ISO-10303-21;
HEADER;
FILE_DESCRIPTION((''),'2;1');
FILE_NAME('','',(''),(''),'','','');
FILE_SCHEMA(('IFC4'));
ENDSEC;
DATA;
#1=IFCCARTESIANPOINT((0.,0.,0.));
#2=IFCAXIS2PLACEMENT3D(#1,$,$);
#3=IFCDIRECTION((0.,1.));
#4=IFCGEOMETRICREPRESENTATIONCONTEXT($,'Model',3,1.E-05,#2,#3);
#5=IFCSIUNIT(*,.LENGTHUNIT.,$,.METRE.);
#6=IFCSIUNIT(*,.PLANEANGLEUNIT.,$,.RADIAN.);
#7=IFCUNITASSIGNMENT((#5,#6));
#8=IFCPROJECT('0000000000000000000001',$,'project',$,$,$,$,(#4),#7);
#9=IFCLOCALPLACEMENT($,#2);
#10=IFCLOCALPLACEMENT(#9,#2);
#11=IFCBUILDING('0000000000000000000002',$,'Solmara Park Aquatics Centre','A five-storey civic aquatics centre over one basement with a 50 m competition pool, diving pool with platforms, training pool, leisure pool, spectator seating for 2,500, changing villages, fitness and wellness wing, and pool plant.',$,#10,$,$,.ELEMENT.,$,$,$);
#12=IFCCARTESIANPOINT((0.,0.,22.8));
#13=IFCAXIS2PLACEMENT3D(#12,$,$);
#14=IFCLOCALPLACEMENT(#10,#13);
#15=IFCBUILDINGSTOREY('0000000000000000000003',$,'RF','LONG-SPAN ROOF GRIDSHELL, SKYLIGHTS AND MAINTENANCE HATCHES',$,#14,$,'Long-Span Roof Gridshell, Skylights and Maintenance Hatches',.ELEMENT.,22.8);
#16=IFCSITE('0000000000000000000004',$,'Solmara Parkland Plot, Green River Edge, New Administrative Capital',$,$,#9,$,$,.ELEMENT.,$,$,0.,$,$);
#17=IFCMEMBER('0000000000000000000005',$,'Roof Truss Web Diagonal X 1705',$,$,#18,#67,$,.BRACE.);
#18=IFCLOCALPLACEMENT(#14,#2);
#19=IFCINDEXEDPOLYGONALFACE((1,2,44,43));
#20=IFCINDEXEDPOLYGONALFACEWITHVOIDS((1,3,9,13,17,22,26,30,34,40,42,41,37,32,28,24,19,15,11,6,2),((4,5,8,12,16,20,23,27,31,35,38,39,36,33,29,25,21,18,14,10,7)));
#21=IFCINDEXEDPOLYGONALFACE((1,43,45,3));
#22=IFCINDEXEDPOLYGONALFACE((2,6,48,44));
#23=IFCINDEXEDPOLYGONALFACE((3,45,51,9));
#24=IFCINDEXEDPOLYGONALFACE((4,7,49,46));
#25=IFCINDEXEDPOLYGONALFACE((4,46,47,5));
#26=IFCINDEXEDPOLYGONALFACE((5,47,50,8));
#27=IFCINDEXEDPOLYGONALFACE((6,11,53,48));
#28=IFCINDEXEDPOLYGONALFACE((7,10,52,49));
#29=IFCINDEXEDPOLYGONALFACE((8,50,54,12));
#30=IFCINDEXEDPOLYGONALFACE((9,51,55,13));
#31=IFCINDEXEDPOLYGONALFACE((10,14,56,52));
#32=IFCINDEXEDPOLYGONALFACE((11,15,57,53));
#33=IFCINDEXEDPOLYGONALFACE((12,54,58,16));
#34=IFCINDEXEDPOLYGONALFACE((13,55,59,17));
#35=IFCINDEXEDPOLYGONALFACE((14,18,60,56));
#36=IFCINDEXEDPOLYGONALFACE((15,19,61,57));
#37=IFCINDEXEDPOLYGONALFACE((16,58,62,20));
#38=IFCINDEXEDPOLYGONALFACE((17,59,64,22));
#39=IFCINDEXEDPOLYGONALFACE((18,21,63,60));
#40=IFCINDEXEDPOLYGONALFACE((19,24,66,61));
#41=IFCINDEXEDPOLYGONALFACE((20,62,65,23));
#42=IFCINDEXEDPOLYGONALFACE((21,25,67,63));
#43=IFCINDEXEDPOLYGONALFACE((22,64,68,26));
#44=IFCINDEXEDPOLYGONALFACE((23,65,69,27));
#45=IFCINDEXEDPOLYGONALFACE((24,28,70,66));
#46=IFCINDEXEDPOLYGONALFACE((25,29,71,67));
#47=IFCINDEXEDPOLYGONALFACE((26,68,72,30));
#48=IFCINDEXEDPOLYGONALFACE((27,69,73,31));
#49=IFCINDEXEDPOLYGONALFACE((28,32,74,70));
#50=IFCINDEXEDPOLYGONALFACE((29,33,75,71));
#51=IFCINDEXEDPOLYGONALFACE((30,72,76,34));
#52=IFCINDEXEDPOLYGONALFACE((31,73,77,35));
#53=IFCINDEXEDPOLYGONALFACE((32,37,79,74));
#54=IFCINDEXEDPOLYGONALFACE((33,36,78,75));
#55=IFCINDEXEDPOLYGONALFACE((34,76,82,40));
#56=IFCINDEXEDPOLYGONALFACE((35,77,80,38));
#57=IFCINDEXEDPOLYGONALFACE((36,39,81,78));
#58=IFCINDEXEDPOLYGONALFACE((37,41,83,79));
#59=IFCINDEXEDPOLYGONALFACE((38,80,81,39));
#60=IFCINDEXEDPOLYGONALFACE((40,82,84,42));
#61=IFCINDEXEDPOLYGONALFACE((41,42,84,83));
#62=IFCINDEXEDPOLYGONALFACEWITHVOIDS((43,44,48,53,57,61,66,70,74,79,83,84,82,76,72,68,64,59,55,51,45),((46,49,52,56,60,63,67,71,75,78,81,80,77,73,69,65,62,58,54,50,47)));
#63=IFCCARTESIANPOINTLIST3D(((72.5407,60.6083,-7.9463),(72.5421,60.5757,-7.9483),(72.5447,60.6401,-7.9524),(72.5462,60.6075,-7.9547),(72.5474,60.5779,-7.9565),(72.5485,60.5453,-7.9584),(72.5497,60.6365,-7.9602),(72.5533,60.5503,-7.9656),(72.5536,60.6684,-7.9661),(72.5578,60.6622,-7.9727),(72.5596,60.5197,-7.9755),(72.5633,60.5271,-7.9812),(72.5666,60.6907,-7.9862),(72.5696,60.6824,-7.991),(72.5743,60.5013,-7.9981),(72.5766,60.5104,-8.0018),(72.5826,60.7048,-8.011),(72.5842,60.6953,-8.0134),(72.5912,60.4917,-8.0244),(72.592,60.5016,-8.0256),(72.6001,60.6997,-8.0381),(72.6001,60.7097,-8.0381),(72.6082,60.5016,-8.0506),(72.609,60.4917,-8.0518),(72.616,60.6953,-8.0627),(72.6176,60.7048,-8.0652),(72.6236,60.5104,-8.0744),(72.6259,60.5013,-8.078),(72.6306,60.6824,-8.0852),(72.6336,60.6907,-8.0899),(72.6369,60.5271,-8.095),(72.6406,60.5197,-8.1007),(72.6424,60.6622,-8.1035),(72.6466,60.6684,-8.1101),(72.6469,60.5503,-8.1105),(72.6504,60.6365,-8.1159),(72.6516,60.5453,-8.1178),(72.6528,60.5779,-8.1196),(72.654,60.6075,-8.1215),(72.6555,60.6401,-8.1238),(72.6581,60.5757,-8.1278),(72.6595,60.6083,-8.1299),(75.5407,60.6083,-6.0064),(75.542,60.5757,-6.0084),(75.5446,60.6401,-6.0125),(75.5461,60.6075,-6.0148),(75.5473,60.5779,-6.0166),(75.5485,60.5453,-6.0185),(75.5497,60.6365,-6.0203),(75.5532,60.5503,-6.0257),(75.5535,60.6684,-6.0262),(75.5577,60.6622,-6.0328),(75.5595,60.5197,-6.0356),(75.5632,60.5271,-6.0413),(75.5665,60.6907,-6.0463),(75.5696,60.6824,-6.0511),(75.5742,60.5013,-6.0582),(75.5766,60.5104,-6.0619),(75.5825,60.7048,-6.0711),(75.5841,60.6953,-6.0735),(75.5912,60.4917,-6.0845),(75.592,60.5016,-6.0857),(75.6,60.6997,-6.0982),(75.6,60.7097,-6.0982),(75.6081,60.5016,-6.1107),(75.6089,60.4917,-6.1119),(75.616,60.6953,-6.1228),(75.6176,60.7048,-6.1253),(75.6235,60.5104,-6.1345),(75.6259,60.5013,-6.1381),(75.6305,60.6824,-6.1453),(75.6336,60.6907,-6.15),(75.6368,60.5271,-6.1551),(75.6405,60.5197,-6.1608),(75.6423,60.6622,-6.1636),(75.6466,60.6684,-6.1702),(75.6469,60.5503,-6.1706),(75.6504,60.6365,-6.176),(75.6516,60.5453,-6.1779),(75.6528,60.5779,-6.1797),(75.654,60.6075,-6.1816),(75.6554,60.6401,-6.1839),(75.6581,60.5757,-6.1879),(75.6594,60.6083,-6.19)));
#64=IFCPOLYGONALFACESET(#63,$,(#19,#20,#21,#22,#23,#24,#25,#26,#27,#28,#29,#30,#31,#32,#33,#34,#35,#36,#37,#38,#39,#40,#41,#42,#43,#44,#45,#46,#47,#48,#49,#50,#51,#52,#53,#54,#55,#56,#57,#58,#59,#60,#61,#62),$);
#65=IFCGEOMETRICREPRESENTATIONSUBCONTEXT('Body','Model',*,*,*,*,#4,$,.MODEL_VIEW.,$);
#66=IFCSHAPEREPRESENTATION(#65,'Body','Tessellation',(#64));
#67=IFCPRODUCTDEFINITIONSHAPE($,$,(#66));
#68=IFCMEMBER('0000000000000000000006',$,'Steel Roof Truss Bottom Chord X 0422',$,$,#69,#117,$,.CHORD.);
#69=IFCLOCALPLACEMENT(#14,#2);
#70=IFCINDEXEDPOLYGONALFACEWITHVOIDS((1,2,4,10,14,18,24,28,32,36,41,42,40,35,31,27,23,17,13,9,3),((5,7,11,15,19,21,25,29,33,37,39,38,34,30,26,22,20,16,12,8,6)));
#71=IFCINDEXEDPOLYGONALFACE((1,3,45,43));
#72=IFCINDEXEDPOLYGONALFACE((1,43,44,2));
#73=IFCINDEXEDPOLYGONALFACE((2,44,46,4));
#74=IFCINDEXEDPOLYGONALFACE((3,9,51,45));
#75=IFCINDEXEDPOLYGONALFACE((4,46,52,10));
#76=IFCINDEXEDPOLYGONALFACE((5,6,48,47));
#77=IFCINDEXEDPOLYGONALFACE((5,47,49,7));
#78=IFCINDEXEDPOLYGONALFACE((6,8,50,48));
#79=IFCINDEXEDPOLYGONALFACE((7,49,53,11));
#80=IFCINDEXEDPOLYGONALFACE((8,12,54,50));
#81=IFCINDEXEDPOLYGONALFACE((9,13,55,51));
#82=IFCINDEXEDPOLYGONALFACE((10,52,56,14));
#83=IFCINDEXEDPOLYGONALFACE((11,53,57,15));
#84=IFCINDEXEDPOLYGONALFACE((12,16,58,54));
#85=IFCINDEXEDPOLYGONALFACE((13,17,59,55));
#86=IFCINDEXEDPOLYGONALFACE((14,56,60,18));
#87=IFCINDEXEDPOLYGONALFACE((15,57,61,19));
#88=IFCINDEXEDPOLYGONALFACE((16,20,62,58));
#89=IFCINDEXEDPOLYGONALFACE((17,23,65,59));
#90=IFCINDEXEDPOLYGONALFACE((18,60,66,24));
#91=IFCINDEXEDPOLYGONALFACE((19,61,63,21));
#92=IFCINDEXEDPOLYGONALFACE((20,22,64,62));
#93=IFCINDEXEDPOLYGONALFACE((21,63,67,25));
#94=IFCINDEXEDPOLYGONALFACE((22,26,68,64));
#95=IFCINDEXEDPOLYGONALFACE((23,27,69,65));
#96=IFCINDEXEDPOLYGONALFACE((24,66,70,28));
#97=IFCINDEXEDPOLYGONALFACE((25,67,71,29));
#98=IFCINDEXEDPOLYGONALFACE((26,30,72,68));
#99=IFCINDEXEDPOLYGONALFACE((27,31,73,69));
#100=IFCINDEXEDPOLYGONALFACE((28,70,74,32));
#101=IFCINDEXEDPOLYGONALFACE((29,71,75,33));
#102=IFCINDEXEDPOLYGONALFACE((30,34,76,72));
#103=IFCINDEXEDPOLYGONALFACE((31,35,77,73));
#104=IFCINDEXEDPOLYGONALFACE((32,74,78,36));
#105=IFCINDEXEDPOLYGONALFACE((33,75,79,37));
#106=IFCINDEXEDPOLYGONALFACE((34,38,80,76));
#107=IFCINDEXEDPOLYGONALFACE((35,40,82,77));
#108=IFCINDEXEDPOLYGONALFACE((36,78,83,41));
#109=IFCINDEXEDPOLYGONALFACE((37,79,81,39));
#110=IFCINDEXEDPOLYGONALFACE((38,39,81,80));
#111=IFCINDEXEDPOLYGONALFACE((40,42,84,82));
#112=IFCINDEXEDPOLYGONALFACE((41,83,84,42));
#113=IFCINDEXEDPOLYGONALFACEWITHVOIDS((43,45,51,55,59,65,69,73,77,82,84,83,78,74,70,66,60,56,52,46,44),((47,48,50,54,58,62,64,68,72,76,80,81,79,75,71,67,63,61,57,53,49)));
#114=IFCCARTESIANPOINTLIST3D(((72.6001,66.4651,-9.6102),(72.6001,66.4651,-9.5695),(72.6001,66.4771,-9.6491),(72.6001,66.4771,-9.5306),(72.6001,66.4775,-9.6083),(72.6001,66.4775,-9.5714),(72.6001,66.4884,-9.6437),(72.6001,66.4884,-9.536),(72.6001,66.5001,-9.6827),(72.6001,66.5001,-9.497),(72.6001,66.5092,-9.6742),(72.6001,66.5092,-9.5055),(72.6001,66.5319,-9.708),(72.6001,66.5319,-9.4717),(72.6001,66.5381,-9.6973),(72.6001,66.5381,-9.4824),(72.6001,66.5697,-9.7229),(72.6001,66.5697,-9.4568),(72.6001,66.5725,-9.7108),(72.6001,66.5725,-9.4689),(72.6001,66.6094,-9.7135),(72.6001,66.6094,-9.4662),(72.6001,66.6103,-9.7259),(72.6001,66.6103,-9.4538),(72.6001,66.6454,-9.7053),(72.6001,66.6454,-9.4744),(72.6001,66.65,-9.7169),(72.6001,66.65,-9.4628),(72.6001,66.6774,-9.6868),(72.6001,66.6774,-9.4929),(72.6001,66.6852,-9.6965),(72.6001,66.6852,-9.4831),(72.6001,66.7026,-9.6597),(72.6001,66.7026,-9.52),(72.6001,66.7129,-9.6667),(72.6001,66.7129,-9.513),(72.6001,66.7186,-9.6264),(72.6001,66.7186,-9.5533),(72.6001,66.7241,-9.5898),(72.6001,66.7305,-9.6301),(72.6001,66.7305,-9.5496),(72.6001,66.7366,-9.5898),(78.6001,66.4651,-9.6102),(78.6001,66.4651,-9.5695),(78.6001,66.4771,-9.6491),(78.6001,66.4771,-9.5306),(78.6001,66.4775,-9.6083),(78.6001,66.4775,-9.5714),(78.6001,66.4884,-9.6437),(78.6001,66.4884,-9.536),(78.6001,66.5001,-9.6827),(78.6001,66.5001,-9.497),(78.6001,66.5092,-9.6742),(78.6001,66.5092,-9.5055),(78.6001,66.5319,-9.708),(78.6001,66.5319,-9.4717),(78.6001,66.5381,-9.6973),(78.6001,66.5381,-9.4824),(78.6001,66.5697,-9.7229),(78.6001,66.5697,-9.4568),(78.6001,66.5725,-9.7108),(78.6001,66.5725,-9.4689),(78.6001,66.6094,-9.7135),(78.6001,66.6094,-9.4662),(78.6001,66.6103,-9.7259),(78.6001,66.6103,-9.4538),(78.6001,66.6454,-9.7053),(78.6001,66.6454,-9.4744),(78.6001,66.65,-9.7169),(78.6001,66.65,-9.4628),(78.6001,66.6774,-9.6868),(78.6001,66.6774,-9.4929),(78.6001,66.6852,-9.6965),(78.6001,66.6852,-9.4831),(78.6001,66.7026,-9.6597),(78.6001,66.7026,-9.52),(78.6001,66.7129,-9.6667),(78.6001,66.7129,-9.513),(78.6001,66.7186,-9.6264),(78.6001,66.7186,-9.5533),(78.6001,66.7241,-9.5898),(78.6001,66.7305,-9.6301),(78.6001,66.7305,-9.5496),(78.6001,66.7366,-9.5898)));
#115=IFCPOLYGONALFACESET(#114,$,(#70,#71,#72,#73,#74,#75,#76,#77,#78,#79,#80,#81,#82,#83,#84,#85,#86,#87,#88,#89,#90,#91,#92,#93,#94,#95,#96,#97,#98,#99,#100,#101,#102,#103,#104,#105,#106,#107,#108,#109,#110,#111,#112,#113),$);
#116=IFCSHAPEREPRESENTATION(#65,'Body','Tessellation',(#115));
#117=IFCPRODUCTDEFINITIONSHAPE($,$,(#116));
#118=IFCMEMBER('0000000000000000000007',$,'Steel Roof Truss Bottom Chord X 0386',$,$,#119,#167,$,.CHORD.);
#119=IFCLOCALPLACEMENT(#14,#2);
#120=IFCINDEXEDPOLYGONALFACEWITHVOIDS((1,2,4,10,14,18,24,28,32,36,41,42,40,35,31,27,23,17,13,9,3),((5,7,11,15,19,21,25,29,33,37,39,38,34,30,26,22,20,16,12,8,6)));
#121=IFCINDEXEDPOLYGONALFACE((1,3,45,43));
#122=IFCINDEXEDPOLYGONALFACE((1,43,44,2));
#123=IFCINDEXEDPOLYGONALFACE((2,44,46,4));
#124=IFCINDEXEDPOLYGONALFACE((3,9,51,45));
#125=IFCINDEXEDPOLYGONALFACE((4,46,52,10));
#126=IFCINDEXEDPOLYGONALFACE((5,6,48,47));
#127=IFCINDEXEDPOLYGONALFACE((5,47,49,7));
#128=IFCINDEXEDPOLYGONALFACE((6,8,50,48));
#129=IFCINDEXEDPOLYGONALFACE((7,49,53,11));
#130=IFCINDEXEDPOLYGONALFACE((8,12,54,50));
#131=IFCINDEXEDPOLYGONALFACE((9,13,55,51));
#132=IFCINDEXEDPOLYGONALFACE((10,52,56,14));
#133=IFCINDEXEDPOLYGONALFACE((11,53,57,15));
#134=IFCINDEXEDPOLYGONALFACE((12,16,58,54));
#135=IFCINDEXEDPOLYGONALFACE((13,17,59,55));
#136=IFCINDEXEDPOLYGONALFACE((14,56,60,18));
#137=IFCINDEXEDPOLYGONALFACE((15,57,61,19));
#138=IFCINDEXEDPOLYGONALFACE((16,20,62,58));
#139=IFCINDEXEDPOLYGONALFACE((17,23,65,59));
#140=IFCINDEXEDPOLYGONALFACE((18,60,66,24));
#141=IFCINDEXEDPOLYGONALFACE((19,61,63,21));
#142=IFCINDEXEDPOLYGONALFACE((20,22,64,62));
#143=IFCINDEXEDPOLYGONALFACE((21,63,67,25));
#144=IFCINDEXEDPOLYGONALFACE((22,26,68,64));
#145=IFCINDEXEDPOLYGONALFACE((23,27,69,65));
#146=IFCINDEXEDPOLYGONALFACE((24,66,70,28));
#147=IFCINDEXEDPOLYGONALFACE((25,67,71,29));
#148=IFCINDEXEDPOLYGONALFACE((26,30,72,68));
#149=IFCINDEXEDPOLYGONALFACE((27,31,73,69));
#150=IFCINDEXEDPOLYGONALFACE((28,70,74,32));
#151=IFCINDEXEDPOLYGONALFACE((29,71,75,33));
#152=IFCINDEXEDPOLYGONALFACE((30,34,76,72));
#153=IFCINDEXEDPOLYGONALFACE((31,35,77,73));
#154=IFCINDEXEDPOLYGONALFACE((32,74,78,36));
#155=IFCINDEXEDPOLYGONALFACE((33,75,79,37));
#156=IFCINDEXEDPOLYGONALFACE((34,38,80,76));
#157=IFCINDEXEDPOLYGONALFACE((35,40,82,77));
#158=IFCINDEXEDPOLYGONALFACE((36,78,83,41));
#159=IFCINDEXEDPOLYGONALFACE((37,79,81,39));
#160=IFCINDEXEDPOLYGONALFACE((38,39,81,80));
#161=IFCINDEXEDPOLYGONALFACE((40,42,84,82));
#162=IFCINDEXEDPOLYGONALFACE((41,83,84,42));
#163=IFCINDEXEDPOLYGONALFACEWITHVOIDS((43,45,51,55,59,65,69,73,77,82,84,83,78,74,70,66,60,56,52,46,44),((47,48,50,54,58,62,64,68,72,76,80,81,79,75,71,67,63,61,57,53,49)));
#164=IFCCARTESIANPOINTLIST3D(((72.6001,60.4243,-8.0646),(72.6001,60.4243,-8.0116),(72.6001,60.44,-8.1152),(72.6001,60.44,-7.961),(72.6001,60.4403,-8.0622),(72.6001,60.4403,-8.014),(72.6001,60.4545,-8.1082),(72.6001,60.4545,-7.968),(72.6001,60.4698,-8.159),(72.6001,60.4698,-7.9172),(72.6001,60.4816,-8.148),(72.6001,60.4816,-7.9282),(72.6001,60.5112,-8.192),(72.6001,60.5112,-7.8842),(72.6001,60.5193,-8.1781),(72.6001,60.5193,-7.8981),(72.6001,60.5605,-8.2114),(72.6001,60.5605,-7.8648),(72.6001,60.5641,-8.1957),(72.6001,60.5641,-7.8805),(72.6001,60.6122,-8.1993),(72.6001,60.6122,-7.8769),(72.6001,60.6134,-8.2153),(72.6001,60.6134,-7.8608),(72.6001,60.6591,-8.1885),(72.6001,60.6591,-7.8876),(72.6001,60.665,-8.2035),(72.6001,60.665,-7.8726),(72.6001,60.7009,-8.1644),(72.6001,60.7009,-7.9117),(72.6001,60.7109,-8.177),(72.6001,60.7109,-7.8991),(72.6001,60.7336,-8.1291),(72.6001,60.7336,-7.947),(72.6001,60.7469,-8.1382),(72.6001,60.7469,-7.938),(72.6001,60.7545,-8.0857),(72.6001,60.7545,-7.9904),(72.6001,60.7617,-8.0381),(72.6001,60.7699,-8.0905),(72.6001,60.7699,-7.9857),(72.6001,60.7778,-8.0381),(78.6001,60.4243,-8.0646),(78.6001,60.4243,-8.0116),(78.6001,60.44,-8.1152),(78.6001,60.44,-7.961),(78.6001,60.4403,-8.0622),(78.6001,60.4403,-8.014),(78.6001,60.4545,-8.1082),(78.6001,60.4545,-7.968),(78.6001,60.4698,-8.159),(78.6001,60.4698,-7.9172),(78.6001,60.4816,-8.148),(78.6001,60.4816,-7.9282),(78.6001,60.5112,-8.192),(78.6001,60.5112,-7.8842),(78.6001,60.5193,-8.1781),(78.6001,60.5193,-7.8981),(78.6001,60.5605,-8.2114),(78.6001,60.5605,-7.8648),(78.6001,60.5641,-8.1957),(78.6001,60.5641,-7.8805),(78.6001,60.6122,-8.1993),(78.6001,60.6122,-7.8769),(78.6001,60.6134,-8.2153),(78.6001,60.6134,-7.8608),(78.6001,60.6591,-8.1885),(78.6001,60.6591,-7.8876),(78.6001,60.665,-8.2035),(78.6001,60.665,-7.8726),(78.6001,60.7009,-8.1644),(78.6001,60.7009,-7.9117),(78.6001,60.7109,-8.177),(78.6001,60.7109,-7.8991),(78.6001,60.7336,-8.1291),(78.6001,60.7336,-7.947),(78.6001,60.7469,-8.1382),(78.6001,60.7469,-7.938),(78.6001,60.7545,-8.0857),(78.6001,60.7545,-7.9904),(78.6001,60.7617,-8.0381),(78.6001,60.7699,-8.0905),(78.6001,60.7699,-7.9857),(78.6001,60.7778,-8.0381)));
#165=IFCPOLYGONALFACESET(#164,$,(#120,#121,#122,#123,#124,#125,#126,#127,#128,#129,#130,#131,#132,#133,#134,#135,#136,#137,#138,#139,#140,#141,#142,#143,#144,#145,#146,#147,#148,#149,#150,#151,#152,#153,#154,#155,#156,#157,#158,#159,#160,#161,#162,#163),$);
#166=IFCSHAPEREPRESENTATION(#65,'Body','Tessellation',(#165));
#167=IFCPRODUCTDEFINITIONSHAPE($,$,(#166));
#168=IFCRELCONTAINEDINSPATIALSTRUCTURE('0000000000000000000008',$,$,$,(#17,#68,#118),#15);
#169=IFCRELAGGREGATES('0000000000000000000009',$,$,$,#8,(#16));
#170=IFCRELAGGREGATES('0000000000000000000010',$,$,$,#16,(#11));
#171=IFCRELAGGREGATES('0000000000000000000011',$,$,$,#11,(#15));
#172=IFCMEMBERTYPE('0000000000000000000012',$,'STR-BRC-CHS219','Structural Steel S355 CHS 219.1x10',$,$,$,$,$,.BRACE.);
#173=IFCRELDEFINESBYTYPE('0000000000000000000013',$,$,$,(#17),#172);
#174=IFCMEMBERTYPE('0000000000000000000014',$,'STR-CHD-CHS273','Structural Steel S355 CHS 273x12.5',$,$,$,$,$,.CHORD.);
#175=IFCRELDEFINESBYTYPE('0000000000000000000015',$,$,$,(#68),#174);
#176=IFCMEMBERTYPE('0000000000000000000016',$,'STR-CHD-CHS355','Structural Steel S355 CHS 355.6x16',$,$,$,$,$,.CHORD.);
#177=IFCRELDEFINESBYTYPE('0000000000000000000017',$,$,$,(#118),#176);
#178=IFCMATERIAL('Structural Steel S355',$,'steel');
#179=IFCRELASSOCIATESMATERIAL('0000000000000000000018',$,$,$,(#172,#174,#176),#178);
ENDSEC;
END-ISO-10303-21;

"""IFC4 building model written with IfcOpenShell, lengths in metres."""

from ifc_helpers import new_model, si_unit, direction, frame, origin, origin_2d, place, context, subcontext, project, spatial, hollow_circle, extrude, material, material_profile, profile_set, type_object, element, save


model = new_model("IFC4")

# Units and contexts
model_context = context("Model", 3, precision=1e-05, world=origin(), true_north=direction((0.0, 1.0)))
body_context = subcontext(model_context, "Body", "Model", "MODEL_VIEW")
ifc_project = project(units=[si_unit("LENGTHUNIT", "METRE"), si_unit("PLANEANGLEUNIT", "RADIAN")], contexts=[model_context])

# Site, building, storey
site_placement = place(None, origin())
site = spatial("IfcSite", under=ifc_project, at=site_placement, Name="Solmara Parkland Plot, Green River Edge, New Administrative Capital", CompositionType="ELEMENT", RefElevation=0.0)
building_placement = place(site_placement, origin())
building = spatial("IfcBuilding", under=site, at=building_placement, Name="Solmara Park Aquatics Centre", Description="A five-storey civic aquatics centre over one basement with a 50 m competition pool, diving pool with platforms, training pool, leisure pool, spectator seating for 2,500, changing villages, fitness and wellness wing, and pool plant.", CompositionType="ELEMENT")
storey_placement = place(building_placement, frame((0.0, 0.0, 22.8)))
storey = spatial("IfcBuildingStorey", under=building, at=storey_placement, Name="RF", Description="LONG-SPAN ROOF GRIDSHELL, SKYLIGHTS AND MAINTENANCE HATCHES", LongName="Long-Span Roof Gridshell, Skylights and Maintenance Hatches", CompositionType="ELEMENT", Elevation=22.8)

# Members
ifc_material_1 = material(Name="Structural Steel S355", Category="steel")
ifc_material_profile_1 = material_profile(ifc_material_1, hollow_circle(Radius=0.1096, WallThickness=0.01, at=origin_2d()), Name="CHS 219.1x10")
ifc_profile_set_1 = profile_set([ifc_material_profile_1], Name="Structural Steel S355")
member_type_1 = type_object("IfcMemberType", Name="STR-BRC-CHS219", Description="Structural Steel S355 CHS 219.1x10", PredefinedType="BRACE", material=ifc_profile_set_1)
for number, where, z_axis, x_axis, name in (
    (1, (72.6001, 60.6001, -8.0381), (0.839728, 0.0, 0.543008), (0.0, 1.0, 0.0), "Roof Truss Web Diagonal X 1705"),
):
    element("IfcMember", number, at=place(storey_placement, frame(where, z_axis=z_axis, x_axis=x_axis)), inside=storey, type_object=member_type_1, Name=name, PredefinedType="BRACE", context=body_context, shape_type="SweptSolid", body=[
        extrude(hollow_circle(Radius=0.1096, WallThickness=0.01, at=origin_2d()), origin(), (0.0, 0.0, 1.0), 3.5725),
    ])
ifc_material_profile_2 = material_profile(ifc_material_1, hollow_circle(Radius=0.1365, WallThickness=0.0125, at=origin_2d()), Name="CHS 273x12.5")
ifc_profile_set_2 = profile_set([ifc_material_profile_2], Name="Structural Steel S355")
member_type_2 = type_object("IfcMemberType", Name="STR-CHD-CHS273", Description="Structural Steel S355 CHS 273x12.5", PredefinedType="CHORD", material=ifc_profile_set_2)
member_1_placement = place(storey_placement, frame((72.6001, 66.6001, -9.5898), z_axis=(1.0, 0.0, 0.0), x_axis=(0.0, 1.0, 0.0)))
element("IfcMember", 2, at=member_1_placement, inside=storey, type_object=member_type_2, Name="Steel Roof Truss Bottom Chord X 0422", PredefinedType="CHORD", context=body_context, shape_type="SweptSolid", body=[
    extrude(hollow_circle(Radius=0.1365, WallThickness=0.0125, at=origin_2d()), origin(), (0.0, 0.0, 1.0), 6.0),
])
ifc_material_profile_3 = material_profile(ifc_material_1, hollow_circle(Radius=0.1777, WallThickness=0.0161, at=origin_2d()), Name="CHS 355.6x16")
ifc_profile_set_3 = profile_set([ifc_material_profile_3], Name="Structural Steel S355")
member_type_3 = type_object("IfcMemberType", Name="STR-CHD-CHS355", Description="Structural Steel S355 CHS 355.6x16", PredefinedType="CHORD", material=ifc_profile_set_3)
member_2_placement = place(storey_placement, frame((72.6001, 60.6001, -8.0381), z_axis=(1.0, 0.0, 0.0), x_axis=(0.0, 1.0, 0.0)))
element("IfcMember", 3, at=member_2_placement, inside=storey, type_object=member_type_3, Name="Steel Roof Truss Bottom Chord X 0386", PredefinedType="CHORD", context=body_context, shape_type="SweptSolid", body=[
    extrude(hollow_circle(Radius=0.1777, WallThickness=0.0161, at=origin_2d()), origin(), (0.0, 0.0, 1.0), 6.0),
])

save(model, "model.ifc")
